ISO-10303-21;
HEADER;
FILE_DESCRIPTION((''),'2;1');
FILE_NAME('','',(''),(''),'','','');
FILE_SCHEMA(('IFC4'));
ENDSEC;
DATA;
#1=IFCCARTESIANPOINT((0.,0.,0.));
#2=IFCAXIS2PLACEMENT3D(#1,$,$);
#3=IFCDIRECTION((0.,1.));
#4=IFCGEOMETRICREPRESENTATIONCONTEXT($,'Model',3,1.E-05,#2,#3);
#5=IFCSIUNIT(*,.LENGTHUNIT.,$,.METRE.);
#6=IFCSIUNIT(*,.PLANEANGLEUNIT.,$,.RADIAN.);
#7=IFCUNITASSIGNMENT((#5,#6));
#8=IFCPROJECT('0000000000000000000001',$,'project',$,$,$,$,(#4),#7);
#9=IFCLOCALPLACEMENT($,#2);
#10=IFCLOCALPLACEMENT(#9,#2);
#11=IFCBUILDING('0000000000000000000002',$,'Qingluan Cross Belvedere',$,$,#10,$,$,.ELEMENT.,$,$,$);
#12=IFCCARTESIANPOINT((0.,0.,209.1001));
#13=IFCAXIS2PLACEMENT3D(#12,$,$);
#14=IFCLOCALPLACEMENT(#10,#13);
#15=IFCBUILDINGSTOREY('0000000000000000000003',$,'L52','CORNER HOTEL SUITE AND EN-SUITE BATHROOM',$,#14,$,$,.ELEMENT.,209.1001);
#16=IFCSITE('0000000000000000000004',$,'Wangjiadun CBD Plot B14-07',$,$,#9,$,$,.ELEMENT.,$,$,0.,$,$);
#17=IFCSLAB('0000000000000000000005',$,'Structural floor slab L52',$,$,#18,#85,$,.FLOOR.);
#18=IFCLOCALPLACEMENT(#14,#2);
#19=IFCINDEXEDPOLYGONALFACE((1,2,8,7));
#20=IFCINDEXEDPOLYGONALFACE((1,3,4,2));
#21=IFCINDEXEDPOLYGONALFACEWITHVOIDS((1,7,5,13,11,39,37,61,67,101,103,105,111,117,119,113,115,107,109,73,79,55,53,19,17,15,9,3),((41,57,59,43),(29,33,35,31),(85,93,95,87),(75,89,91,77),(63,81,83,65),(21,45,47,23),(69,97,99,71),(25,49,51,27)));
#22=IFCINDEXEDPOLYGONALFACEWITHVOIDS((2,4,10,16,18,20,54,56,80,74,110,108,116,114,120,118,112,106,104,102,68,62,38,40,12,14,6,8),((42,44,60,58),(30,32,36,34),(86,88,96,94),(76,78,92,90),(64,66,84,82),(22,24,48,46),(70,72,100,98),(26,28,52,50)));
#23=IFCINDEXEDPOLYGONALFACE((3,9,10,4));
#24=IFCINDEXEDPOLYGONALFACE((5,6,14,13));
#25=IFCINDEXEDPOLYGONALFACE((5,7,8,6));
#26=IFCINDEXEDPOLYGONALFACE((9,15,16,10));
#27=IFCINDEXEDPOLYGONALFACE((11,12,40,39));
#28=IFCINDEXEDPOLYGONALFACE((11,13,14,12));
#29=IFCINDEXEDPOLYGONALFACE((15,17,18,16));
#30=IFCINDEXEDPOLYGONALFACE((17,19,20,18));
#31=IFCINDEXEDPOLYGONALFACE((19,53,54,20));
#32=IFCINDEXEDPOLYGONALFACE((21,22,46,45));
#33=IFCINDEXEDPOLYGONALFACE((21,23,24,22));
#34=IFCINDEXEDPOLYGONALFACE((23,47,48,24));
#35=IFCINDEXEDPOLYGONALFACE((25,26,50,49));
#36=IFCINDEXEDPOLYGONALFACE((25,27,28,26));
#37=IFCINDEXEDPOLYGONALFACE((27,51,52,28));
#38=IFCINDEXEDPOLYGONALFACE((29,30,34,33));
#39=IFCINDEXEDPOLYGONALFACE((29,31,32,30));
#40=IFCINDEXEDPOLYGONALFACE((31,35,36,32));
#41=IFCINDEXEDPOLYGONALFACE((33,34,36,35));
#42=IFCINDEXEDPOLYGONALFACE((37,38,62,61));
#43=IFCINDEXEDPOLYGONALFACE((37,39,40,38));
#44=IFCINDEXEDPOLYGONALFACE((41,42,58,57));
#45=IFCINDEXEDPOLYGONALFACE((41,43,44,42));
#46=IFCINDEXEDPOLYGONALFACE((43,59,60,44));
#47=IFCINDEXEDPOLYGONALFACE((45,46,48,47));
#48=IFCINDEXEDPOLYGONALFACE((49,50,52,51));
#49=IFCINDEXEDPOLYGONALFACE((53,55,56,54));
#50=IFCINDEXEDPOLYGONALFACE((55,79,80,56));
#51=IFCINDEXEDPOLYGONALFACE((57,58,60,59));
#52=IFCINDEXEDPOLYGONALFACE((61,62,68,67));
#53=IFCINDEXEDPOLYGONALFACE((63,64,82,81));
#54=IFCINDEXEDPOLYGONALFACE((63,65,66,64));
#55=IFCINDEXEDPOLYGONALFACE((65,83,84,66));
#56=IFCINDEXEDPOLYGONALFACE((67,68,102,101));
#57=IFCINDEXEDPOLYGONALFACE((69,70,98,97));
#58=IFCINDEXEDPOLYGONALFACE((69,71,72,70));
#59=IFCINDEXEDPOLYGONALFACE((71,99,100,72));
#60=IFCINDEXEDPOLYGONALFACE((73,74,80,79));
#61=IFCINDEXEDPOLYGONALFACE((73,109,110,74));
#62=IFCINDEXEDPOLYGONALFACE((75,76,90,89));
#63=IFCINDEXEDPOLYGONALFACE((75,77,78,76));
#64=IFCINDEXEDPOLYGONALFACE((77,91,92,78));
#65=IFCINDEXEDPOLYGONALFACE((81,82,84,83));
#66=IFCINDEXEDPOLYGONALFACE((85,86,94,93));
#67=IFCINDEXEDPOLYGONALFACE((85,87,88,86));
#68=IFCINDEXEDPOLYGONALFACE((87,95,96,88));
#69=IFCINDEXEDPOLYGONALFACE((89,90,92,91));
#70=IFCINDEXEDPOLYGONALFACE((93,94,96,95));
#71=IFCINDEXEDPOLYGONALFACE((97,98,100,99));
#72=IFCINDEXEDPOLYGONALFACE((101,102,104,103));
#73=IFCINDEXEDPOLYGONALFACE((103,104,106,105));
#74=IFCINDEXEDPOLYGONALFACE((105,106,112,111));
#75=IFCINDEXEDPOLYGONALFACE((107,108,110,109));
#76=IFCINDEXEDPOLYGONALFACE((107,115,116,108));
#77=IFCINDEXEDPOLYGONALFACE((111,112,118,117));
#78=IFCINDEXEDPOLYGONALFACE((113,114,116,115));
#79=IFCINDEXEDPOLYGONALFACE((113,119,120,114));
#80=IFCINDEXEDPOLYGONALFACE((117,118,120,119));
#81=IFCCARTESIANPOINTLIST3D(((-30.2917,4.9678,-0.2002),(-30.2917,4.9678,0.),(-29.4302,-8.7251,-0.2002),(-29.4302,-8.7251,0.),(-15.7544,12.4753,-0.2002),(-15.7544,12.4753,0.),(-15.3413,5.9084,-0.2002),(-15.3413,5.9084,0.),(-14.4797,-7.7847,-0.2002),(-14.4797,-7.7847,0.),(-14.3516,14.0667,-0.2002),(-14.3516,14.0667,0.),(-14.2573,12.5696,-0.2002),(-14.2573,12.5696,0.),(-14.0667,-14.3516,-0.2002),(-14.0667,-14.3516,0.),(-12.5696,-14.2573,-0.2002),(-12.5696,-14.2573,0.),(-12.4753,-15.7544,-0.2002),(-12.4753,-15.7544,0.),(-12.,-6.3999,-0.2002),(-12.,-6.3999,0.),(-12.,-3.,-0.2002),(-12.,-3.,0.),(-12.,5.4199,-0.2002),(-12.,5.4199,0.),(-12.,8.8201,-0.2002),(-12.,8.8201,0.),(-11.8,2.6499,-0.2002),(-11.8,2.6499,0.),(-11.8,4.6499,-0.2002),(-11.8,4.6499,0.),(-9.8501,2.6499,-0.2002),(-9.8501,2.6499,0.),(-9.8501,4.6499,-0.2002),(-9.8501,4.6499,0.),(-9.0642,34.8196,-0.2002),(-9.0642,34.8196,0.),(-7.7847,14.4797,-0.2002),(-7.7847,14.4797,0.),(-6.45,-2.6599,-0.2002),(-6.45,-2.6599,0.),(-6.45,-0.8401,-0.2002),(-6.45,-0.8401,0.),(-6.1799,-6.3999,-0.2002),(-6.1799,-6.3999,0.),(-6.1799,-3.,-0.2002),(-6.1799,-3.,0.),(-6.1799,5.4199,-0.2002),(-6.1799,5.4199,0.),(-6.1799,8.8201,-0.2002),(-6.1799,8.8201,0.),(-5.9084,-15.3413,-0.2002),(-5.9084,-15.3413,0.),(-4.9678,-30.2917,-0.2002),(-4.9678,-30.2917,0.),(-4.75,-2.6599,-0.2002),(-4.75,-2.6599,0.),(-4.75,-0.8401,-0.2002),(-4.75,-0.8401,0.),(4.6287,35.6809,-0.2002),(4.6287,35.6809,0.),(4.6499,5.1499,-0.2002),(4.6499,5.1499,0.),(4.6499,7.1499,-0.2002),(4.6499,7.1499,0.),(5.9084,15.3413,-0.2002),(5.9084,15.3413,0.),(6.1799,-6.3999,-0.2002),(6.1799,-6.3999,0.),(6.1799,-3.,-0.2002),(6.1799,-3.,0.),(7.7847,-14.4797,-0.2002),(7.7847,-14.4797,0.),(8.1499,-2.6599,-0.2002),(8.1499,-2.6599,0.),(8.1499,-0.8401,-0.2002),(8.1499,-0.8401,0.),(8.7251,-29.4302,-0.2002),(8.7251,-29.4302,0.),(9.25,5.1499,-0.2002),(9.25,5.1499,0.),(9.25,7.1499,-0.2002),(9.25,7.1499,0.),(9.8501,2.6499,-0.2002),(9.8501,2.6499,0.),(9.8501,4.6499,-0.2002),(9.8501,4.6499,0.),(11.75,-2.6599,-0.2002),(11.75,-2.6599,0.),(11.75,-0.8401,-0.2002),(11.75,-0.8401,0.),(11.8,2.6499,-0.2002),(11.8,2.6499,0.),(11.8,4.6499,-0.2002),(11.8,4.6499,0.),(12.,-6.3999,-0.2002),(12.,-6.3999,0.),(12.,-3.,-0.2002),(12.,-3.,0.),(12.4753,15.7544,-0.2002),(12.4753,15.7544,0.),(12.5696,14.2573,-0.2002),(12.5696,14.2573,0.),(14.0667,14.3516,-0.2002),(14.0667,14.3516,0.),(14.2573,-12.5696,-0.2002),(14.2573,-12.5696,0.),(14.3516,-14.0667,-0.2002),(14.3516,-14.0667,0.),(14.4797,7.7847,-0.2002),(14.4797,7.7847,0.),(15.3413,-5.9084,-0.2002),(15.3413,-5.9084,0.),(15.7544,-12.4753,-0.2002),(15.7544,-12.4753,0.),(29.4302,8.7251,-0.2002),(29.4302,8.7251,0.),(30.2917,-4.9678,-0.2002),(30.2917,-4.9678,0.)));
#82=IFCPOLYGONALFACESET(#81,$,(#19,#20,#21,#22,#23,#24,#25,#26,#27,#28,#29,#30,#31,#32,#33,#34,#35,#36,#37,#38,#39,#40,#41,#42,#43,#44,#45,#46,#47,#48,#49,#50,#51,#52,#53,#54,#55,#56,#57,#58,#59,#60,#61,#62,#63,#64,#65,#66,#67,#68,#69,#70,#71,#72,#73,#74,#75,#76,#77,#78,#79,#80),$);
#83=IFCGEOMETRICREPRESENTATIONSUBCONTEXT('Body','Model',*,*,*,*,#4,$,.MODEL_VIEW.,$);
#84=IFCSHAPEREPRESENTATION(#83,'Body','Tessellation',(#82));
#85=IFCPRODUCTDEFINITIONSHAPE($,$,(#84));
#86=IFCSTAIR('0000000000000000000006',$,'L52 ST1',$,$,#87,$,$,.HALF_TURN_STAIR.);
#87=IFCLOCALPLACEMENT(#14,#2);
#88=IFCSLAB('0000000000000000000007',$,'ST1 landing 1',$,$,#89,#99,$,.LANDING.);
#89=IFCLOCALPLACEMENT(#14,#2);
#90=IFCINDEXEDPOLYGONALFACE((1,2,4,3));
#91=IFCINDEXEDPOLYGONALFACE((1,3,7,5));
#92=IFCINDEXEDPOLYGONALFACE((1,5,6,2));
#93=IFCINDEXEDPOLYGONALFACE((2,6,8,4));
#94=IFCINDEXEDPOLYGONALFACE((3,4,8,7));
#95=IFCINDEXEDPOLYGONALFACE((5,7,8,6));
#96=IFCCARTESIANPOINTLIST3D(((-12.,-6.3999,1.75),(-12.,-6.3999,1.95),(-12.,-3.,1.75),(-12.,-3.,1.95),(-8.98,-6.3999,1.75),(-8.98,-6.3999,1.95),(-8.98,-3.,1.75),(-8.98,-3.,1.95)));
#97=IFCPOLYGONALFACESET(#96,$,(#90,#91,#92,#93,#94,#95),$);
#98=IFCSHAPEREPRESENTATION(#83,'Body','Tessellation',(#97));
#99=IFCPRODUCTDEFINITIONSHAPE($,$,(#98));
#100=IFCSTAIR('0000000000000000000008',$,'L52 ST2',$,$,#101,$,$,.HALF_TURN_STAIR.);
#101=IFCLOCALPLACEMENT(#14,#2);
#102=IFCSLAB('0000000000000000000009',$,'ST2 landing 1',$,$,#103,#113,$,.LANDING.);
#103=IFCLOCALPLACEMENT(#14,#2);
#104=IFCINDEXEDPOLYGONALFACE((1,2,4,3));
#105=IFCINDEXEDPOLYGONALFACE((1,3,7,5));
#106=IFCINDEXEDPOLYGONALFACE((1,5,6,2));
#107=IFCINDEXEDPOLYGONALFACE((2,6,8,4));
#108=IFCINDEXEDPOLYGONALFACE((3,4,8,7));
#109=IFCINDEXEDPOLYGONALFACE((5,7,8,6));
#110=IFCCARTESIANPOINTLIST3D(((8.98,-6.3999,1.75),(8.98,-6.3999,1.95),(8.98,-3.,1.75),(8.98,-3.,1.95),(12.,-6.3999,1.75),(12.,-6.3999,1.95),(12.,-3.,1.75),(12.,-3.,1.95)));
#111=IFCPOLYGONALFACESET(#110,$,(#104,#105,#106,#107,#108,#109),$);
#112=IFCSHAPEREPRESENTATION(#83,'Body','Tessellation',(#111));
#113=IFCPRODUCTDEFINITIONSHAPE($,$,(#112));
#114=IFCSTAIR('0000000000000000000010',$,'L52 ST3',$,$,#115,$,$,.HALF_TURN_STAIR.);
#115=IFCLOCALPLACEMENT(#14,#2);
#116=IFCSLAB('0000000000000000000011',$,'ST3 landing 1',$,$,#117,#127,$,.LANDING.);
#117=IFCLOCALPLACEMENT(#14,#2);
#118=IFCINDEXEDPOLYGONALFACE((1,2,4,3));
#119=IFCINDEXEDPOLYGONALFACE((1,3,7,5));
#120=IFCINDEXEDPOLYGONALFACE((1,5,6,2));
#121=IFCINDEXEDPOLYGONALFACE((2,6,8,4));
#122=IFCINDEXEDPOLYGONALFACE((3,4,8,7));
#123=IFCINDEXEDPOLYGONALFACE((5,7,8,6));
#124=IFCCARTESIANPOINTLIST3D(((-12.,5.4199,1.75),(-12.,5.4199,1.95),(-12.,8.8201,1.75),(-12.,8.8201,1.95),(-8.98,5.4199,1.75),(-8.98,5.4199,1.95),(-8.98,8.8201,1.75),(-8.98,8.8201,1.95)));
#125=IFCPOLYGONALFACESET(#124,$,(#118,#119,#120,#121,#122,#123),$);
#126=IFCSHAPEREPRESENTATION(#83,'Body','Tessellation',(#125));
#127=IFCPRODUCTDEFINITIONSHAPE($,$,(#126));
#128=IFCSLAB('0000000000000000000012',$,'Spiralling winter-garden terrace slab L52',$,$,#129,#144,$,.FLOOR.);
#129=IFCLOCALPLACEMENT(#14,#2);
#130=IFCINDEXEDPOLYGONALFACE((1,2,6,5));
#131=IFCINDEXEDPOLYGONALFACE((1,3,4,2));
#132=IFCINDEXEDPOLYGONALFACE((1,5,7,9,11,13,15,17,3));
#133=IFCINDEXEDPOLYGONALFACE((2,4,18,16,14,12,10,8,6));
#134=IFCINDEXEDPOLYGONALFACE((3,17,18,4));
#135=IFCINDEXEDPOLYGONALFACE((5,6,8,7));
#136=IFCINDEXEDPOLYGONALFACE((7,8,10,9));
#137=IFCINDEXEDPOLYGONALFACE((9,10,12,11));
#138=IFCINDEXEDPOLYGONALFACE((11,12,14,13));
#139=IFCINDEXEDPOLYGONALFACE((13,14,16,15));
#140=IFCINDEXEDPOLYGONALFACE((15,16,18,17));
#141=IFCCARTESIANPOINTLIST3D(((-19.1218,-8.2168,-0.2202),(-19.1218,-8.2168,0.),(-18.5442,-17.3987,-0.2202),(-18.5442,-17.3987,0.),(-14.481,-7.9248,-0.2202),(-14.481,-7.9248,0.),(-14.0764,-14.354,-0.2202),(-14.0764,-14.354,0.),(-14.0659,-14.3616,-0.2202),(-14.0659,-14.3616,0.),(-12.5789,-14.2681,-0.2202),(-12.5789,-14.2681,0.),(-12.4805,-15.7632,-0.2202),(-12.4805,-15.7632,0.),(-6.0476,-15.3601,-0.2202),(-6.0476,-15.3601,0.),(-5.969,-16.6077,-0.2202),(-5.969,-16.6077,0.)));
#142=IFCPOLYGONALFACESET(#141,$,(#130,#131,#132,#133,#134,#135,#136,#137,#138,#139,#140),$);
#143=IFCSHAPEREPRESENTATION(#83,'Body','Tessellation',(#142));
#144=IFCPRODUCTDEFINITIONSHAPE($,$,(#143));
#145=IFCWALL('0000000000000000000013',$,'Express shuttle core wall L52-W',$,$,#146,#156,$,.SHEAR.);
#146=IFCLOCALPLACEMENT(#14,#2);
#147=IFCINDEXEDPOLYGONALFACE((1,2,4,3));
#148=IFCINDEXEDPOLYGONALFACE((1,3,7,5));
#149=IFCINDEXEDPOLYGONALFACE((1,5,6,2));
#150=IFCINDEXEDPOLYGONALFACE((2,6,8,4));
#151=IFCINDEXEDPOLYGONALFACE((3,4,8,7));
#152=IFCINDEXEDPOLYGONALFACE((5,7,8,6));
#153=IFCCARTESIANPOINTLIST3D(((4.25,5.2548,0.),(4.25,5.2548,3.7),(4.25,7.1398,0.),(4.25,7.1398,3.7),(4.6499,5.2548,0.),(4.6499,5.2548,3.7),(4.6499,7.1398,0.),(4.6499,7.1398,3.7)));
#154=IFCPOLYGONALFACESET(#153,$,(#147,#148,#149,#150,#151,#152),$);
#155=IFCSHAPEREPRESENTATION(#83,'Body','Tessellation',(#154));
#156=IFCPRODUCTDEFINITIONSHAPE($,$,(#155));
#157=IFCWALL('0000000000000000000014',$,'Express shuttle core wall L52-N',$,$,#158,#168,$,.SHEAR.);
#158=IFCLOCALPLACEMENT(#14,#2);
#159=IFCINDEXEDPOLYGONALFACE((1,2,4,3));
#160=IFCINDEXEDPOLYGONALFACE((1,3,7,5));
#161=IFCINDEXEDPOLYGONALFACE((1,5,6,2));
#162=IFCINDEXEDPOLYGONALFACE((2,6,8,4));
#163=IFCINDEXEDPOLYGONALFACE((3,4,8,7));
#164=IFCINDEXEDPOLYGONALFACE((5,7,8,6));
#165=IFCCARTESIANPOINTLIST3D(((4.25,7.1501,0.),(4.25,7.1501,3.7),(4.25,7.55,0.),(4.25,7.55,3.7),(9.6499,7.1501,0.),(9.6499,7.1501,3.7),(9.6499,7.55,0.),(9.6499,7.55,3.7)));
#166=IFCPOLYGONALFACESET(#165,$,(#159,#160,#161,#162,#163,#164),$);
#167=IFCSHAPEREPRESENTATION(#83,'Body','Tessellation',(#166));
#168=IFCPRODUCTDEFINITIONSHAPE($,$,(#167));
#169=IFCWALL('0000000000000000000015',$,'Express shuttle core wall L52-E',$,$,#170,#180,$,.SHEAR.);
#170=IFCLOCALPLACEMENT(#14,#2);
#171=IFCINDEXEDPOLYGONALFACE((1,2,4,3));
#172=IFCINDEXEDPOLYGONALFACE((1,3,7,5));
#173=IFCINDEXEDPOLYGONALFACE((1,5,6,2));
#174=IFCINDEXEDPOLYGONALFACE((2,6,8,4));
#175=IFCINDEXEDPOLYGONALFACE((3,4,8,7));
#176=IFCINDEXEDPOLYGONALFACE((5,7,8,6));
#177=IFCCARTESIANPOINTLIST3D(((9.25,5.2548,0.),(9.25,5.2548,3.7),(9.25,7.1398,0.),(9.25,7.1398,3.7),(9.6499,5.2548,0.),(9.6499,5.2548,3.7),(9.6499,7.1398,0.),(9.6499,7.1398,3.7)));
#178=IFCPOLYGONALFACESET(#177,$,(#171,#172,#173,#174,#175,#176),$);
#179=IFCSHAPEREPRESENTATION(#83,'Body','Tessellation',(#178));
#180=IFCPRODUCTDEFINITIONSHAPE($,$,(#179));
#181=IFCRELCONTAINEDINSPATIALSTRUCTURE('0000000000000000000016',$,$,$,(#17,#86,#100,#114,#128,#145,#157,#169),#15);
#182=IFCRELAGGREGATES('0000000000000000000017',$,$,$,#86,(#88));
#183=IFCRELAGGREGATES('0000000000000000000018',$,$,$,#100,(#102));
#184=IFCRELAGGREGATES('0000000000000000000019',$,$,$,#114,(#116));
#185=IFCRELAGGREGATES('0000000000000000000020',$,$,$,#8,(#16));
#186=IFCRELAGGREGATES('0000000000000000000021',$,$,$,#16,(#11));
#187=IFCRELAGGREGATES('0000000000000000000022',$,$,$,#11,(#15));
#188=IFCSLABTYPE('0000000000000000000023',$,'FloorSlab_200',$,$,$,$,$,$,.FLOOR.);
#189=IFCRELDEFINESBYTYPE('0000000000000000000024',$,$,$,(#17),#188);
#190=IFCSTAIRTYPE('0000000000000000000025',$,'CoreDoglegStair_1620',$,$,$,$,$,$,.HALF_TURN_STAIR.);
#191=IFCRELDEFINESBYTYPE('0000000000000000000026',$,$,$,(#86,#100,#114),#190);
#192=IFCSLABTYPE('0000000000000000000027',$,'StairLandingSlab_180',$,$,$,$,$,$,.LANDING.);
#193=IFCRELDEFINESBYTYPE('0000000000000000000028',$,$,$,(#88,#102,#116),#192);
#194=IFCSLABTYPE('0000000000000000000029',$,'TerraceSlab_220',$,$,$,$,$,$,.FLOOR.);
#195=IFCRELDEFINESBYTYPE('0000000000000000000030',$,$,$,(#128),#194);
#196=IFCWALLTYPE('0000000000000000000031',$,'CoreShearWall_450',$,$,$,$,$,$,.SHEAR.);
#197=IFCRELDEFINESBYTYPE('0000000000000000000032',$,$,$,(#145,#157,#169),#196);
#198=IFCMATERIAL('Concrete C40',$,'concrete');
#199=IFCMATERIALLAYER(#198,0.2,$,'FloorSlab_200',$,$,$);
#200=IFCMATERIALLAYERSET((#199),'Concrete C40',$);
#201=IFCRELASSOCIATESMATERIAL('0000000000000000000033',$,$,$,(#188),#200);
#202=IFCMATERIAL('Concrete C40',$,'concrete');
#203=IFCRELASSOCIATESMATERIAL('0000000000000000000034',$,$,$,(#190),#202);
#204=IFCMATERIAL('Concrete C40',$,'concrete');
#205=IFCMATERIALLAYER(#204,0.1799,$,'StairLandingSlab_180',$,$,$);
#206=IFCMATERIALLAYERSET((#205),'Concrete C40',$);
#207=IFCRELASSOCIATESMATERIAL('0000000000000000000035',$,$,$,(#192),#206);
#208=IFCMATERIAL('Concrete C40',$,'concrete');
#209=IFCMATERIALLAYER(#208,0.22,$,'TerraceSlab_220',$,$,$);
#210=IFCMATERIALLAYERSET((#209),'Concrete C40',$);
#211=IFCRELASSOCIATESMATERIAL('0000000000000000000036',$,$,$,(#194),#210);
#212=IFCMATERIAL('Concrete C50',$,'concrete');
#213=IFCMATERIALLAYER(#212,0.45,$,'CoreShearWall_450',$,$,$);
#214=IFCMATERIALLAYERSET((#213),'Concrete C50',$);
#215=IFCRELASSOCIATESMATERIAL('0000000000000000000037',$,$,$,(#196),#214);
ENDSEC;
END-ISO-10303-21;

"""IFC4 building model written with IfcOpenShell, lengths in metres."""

from ifc_helpers import new_model, si_unit, direction, frame, frame_2d, origin, place, context, subcontext, project, spatial, polyline, rectangle, outline, extrude, material, layer, layer_set, type_object, element, aggregate, save


model = new_model("IFC4")

# Units and contexts
model_context = context("Model", 3, precision=1e-05, world=origin(), true_north=direction((0.0, 1.0)))
body_context = subcontext(model_context, "Body", "Model", "MODEL_VIEW")
ifc_project = project(units=[si_unit("LENGTHUNIT", "METRE"), si_unit("PLANEANGLEUNIT", "RADIAN")], contexts=[model_context])

# Site, building, storey
site_placement = place(None, origin())
site = spatial("IfcSite", under=ifc_project, at=site_placement, Name="Wangjiadun CBD Plot B14-07", CompositionType="ELEMENT", RefElevation=0.0)
building_placement = place(site_placement, origin())
building = spatial("IfcBuilding", under=site, at=building_placement, Name="Qingluan Cross Belvedere", CompositionType="ELEMENT")
storey_placement = place(building_placement, frame((0.0, 0.0, 209.1001)))
storey = spatial("IfcBuildingStorey", under=building, at=storey_placement, Name="L52", Description="CORNER HOTEL SUITE AND EN-SUITE BATHROOM", CompositionType="ELEMENT", Elevation=209.1001)

# Slab
ifc_material_1 = material(Name="Concrete C40", Category="concrete")
ifc_layer_1 = layer(ifc_material_1, 0.2, Name="FloorSlab_200")
ifc_layer_set_1 = layer_set([ifc_layer_1], Name="Concrete C40")
slab_type_1 = type_object("IfcSlabType", Name="FloorSlab_200", PredefinedType="FLOOR", material=ifc_layer_set_1)
slab_1_placement = place(storey_placement, frame((0.0, 0.0, -0.2002)))
element("IfcSlab", 1, at=slab_1_placement, inside=storey, type_object=slab_type_1, Name="Structural floor slab L52", PredefinedType="FLOOR", context=body_context, shape_type="SweptSolid", body=[
    extrude(outline(polyline([(8.7251, -29.4302), (7.7847, -14.4797), (14.3516, -14.0667), (14.2573, -12.5696), (15.7544, -12.4753), (15.3413, -5.9084), (30.2917, -4.9678), (29.4302, 8.7251), (14.4797, 7.7847), (14.0667, 14.3516), (12.5696, 14.2573), (12.4753, 15.7544), (5.9084, 15.3413), (4.6287, 35.6809), (-9.0642, 34.8196), (-7.7847, 14.4797), (-14.3516, 14.0667), (-14.2573, 12.5696), (-15.7544, 12.4753), (-15.3413, 5.9084), (-30.2917, 4.9678), (-29.4302, -8.7251), (-14.4797, -7.7847), (-14.0667, -14.3516), (-12.5696, -14.2573), (-12.4753, -15.7544), (-5.9084, -15.3413), (-4.9678, -30.2917), (8.7251, -29.4302)]), holes=[polyline([(-12.0, -3.0), (-6.1799, -3.0), (-6.1799, -6.3999), (-12.0, -6.3999), (-12.0, -3.0)]), polyline([(6.1799, -3.0), (12.0, -3.0), (12.0, -6.3999), (6.1799, -6.3999), (6.1799, -3.0)]), polyline([(-12.0, 8.8201), (-6.1799, 8.8201), (-6.1799, 5.4199), (-12.0, 5.4199), (-12.0, 8.8201)]), polyline([(-11.8, 4.6499), (-9.8501, 4.6499), (-9.8501, 2.6499), (-11.8, 2.6499), (-11.8, 4.6499)]), polyline([(9.8501, 4.6499), (11.8, 4.6499), (11.8, 2.6499), (9.8501, 2.6499), (9.8501, 4.6499)]), polyline([(-6.45, -0.8401), (-4.75, -0.8401), (-4.75, -2.6599), (-6.45, -2.6599), (-6.45, -0.8401)]), polyline([(8.1499, -0.8401), (11.75, -0.8401), (11.75, -2.6599), (8.1499, -2.6599), (8.1499, -0.8401)]), polyline([(4.6499, 7.1499), (9.25, 7.1499), (9.25, 5.1499), (4.6499, 5.1499), (4.6499, 7.1499)])]), origin(), (0.0, 0.0, 1.0), 0.2002),
])

# Stairs, slabs
ifc_material_2 = material(Name="Concrete C40", Category="concrete")
stair_type = type_object("IfcStairType", Name="CoreDoglegStair_1620", PredefinedType="HALF_TURN_STAIR", material=ifc_material_2)
stair_1_placement = place(storey_placement, origin())
stair_1 = element("IfcStair", 2, at=stair_1_placement, inside=storey, type_object=stair_type, Name="L52 ST1", PredefinedType="HALF_TURN_STAIR")
ifc_material_3 = material(Name="Concrete C40", Category="concrete")
ifc_layer_2 = layer(ifc_material_3, 0.1799, Name="StairLandingSlab_180")
ifc_layer_set_2 = layer_set([ifc_layer_2], Name="Concrete C40")
slab_type_2 = type_object("IfcSlabType", Name="StairLandingSlab_180", PredefinedType="LANDING", material=ifc_layer_set_2)
slab_2_placement = place(storey_placement, frame((0.0, 0.0, 1.75)))
slab_2 = element("IfcSlab", 3, at=slab_2_placement, type_object=slab_type_2, Name="ST1 landing 1", PredefinedType="LANDING", context=body_context, shape_type="SweptSolid", body=[
    extrude(outline(polyline([(-8.98, -3.0), (-12.0, -3.0), (-12.0, -6.3999), (-8.98, -6.3999), (-8.98, -3.0)])), origin(), (0.0, 0.0, 1.0), 0.2),
])
aggregate(stair_1, [slab_2])
stair_2_placement = place(storey_placement, origin())
stair_2 = element("IfcStair", 4, at=stair_2_placement, inside=storey, type_object=stair_type, Name="L52 ST2", PredefinedType="HALF_TURN_STAIR")
slab_3_placement = place(storey_placement, frame((0.0, 0.0, 1.75)))
slab_3 = element("IfcSlab", 5, at=slab_3_placement, type_object=slab_type_2, Name="ST2 landing 1", PredefinedType="LANDING", context=body_context, shape_type="SweptSolid", body=[
    extrude(outline(polyline([(8.98, -6.3999), (12.0, -6.3999), (12.0, -3.0), (8.98, -3.0), (8.98, -6.3999)])), origin(), (0.0, 0.0, 1.0), 0.2),
])
aggregate(stair_2, [slab_3])
stair_3_placement = place(storey_placement, origin())
stair_3 = element("IfcStair", 6, at=stair_3_placement, inside=storey, type_object=stair_type, Name="L52 ST3", PredefinedType="HALF_TURN_STAIR")
slab_4_placement = place(storey_placement, frame((0.0, 0.0, 1.75)))
slab_4 = element("IfcSlab", 7, at=slab_4_placement, type_object=slab_type_2, Name="ST3 landing 1", PredefinedType="LANDING", context=body_context, shape_type="SweptSolid", body=[
    extrude(outline(polyline([(-8.98, 8.8201), (-12.0, 8.8201), (-12.0, 5.4199), (-8.98, 5.4199), (-8.98, 8.8201)])), origin(), (0.0, 0.0, 1.0), 0.2),
])
aggregate(stair_3, [slab_4])

# Slab
ifc_material_4 = material(Name="Concrete C40", Category="concrete")
ifc_layer_3 = layer(ifc_material_4, 0.22, Name="TerraceSlab_220")
ifc_layer_set_3 = layer_set([ifc_layer_3], Name="Concrete C40")
slab_type_3 = type_object("IfcSlabType", Name="TerraceSlab_220", PredefinedType="FLOOR", material=ifc_layer_set_3)
slab_5_placement = place(storey_placement, frame((0.0, 0.0, -0.2202)))
element("IfcSlab", 8, at=slab_5_placement, inside=storey, type_object=slab_type_3, Name="Spiralling winter-garden terrace slab L52", PredefinedType="FLOOR", context=body_context, shape_type="SweptSolid", body=[
    extrude(outline(polyline([(-6.0476, -15.3601), (-12.4805, -15.7632), (-12.5789, -14.2681), (-14.0659, -14.3616), (-14.0764, -14.354), (-14.481, -7.9248), (-19.1218, -8.2168), (-18.5442, -17.3987), (-5.969, -16.6077), (-6.0476, -15.3601)])), origin(), (0.0, 0.0, 1.0), 0.2202),
])

# Walls
ifc_material_5 = material(Name="Concrete C50", Category="concrete")
ifc_layer_4 = layer(ifc_material_5, 0.45, Name="CoreShearWall_450")
ifc_layer_set_4 = layer_set([ifc_layer_4], Name="Concrete C50")
wall_type_1 = type_object("IfcWallType", Name="CoreShearWall_450", PredefinedType="SHEAR", material=ifc_layer_set_4)
wall_1_placement = place(storey_placement, frame((4.45, 5.2549, 0.0), z_axis=(0.0, 0.0, 1.0), x_axis=(0.0, 1.0, 0.0)))
element("IfcWall", 9, at=wall_1_placement, inside=storey, type_object=wall_type_1, Name="Express shuttle core wall L52-W", PredefinedType="SHEAR", context=body_context, shape_type="SweptSolid", body=[
    extrude(rectangle(XDim=1.885, YDim=0.3999, at=frame_2d((0.9424, 0.0))), origin(), (0.0, 0.0, 1.0), 3.7),
])
wall_2_placement = place(storey_placement, frame((4.25, 7.3501, 0.0), z_axis=(0.0, 0.0, 1.0), x_axis=(1.0, 0.0, 0.0)))
element("IfcWall", 10, at=wall_2_placement, inside=storey, type_object=wall_type_1, Name="Express shuttle core wall L52-N", PredefinedType="SHEAR", context=body_context, shape_type="SweptSolid", body=[
    extrude(rectangle(XDim=5.3999, YDim=0.3999, at=frame_2d((2.7, 0.0))), origin(), (0.0, 0.0, 1.0), 3.7),
])
wall_3_placement = place(storey_placement, frame((9.45, 5.2549, 0.0), z_axis=(0.0, 0.0, 1.0), x_axis=(0.0, 1.0, 0.0)))
element("IfcWall", 11, at=wall_3_placement, inside=storey, type_object=wall_type_1, Name="Express shuttle core wall L52-E", PredefinedType="SHEAR", context=body_context, shape_type="SweptSolid", body=[
    extrude(rectangle(XDim=1.885, YDim=0.3999, at=frame_2d((0.9424, 0.0))), origin(), (0.0, 0.0, 1.0), 3.7),
])

save(model, "model.ifc")
